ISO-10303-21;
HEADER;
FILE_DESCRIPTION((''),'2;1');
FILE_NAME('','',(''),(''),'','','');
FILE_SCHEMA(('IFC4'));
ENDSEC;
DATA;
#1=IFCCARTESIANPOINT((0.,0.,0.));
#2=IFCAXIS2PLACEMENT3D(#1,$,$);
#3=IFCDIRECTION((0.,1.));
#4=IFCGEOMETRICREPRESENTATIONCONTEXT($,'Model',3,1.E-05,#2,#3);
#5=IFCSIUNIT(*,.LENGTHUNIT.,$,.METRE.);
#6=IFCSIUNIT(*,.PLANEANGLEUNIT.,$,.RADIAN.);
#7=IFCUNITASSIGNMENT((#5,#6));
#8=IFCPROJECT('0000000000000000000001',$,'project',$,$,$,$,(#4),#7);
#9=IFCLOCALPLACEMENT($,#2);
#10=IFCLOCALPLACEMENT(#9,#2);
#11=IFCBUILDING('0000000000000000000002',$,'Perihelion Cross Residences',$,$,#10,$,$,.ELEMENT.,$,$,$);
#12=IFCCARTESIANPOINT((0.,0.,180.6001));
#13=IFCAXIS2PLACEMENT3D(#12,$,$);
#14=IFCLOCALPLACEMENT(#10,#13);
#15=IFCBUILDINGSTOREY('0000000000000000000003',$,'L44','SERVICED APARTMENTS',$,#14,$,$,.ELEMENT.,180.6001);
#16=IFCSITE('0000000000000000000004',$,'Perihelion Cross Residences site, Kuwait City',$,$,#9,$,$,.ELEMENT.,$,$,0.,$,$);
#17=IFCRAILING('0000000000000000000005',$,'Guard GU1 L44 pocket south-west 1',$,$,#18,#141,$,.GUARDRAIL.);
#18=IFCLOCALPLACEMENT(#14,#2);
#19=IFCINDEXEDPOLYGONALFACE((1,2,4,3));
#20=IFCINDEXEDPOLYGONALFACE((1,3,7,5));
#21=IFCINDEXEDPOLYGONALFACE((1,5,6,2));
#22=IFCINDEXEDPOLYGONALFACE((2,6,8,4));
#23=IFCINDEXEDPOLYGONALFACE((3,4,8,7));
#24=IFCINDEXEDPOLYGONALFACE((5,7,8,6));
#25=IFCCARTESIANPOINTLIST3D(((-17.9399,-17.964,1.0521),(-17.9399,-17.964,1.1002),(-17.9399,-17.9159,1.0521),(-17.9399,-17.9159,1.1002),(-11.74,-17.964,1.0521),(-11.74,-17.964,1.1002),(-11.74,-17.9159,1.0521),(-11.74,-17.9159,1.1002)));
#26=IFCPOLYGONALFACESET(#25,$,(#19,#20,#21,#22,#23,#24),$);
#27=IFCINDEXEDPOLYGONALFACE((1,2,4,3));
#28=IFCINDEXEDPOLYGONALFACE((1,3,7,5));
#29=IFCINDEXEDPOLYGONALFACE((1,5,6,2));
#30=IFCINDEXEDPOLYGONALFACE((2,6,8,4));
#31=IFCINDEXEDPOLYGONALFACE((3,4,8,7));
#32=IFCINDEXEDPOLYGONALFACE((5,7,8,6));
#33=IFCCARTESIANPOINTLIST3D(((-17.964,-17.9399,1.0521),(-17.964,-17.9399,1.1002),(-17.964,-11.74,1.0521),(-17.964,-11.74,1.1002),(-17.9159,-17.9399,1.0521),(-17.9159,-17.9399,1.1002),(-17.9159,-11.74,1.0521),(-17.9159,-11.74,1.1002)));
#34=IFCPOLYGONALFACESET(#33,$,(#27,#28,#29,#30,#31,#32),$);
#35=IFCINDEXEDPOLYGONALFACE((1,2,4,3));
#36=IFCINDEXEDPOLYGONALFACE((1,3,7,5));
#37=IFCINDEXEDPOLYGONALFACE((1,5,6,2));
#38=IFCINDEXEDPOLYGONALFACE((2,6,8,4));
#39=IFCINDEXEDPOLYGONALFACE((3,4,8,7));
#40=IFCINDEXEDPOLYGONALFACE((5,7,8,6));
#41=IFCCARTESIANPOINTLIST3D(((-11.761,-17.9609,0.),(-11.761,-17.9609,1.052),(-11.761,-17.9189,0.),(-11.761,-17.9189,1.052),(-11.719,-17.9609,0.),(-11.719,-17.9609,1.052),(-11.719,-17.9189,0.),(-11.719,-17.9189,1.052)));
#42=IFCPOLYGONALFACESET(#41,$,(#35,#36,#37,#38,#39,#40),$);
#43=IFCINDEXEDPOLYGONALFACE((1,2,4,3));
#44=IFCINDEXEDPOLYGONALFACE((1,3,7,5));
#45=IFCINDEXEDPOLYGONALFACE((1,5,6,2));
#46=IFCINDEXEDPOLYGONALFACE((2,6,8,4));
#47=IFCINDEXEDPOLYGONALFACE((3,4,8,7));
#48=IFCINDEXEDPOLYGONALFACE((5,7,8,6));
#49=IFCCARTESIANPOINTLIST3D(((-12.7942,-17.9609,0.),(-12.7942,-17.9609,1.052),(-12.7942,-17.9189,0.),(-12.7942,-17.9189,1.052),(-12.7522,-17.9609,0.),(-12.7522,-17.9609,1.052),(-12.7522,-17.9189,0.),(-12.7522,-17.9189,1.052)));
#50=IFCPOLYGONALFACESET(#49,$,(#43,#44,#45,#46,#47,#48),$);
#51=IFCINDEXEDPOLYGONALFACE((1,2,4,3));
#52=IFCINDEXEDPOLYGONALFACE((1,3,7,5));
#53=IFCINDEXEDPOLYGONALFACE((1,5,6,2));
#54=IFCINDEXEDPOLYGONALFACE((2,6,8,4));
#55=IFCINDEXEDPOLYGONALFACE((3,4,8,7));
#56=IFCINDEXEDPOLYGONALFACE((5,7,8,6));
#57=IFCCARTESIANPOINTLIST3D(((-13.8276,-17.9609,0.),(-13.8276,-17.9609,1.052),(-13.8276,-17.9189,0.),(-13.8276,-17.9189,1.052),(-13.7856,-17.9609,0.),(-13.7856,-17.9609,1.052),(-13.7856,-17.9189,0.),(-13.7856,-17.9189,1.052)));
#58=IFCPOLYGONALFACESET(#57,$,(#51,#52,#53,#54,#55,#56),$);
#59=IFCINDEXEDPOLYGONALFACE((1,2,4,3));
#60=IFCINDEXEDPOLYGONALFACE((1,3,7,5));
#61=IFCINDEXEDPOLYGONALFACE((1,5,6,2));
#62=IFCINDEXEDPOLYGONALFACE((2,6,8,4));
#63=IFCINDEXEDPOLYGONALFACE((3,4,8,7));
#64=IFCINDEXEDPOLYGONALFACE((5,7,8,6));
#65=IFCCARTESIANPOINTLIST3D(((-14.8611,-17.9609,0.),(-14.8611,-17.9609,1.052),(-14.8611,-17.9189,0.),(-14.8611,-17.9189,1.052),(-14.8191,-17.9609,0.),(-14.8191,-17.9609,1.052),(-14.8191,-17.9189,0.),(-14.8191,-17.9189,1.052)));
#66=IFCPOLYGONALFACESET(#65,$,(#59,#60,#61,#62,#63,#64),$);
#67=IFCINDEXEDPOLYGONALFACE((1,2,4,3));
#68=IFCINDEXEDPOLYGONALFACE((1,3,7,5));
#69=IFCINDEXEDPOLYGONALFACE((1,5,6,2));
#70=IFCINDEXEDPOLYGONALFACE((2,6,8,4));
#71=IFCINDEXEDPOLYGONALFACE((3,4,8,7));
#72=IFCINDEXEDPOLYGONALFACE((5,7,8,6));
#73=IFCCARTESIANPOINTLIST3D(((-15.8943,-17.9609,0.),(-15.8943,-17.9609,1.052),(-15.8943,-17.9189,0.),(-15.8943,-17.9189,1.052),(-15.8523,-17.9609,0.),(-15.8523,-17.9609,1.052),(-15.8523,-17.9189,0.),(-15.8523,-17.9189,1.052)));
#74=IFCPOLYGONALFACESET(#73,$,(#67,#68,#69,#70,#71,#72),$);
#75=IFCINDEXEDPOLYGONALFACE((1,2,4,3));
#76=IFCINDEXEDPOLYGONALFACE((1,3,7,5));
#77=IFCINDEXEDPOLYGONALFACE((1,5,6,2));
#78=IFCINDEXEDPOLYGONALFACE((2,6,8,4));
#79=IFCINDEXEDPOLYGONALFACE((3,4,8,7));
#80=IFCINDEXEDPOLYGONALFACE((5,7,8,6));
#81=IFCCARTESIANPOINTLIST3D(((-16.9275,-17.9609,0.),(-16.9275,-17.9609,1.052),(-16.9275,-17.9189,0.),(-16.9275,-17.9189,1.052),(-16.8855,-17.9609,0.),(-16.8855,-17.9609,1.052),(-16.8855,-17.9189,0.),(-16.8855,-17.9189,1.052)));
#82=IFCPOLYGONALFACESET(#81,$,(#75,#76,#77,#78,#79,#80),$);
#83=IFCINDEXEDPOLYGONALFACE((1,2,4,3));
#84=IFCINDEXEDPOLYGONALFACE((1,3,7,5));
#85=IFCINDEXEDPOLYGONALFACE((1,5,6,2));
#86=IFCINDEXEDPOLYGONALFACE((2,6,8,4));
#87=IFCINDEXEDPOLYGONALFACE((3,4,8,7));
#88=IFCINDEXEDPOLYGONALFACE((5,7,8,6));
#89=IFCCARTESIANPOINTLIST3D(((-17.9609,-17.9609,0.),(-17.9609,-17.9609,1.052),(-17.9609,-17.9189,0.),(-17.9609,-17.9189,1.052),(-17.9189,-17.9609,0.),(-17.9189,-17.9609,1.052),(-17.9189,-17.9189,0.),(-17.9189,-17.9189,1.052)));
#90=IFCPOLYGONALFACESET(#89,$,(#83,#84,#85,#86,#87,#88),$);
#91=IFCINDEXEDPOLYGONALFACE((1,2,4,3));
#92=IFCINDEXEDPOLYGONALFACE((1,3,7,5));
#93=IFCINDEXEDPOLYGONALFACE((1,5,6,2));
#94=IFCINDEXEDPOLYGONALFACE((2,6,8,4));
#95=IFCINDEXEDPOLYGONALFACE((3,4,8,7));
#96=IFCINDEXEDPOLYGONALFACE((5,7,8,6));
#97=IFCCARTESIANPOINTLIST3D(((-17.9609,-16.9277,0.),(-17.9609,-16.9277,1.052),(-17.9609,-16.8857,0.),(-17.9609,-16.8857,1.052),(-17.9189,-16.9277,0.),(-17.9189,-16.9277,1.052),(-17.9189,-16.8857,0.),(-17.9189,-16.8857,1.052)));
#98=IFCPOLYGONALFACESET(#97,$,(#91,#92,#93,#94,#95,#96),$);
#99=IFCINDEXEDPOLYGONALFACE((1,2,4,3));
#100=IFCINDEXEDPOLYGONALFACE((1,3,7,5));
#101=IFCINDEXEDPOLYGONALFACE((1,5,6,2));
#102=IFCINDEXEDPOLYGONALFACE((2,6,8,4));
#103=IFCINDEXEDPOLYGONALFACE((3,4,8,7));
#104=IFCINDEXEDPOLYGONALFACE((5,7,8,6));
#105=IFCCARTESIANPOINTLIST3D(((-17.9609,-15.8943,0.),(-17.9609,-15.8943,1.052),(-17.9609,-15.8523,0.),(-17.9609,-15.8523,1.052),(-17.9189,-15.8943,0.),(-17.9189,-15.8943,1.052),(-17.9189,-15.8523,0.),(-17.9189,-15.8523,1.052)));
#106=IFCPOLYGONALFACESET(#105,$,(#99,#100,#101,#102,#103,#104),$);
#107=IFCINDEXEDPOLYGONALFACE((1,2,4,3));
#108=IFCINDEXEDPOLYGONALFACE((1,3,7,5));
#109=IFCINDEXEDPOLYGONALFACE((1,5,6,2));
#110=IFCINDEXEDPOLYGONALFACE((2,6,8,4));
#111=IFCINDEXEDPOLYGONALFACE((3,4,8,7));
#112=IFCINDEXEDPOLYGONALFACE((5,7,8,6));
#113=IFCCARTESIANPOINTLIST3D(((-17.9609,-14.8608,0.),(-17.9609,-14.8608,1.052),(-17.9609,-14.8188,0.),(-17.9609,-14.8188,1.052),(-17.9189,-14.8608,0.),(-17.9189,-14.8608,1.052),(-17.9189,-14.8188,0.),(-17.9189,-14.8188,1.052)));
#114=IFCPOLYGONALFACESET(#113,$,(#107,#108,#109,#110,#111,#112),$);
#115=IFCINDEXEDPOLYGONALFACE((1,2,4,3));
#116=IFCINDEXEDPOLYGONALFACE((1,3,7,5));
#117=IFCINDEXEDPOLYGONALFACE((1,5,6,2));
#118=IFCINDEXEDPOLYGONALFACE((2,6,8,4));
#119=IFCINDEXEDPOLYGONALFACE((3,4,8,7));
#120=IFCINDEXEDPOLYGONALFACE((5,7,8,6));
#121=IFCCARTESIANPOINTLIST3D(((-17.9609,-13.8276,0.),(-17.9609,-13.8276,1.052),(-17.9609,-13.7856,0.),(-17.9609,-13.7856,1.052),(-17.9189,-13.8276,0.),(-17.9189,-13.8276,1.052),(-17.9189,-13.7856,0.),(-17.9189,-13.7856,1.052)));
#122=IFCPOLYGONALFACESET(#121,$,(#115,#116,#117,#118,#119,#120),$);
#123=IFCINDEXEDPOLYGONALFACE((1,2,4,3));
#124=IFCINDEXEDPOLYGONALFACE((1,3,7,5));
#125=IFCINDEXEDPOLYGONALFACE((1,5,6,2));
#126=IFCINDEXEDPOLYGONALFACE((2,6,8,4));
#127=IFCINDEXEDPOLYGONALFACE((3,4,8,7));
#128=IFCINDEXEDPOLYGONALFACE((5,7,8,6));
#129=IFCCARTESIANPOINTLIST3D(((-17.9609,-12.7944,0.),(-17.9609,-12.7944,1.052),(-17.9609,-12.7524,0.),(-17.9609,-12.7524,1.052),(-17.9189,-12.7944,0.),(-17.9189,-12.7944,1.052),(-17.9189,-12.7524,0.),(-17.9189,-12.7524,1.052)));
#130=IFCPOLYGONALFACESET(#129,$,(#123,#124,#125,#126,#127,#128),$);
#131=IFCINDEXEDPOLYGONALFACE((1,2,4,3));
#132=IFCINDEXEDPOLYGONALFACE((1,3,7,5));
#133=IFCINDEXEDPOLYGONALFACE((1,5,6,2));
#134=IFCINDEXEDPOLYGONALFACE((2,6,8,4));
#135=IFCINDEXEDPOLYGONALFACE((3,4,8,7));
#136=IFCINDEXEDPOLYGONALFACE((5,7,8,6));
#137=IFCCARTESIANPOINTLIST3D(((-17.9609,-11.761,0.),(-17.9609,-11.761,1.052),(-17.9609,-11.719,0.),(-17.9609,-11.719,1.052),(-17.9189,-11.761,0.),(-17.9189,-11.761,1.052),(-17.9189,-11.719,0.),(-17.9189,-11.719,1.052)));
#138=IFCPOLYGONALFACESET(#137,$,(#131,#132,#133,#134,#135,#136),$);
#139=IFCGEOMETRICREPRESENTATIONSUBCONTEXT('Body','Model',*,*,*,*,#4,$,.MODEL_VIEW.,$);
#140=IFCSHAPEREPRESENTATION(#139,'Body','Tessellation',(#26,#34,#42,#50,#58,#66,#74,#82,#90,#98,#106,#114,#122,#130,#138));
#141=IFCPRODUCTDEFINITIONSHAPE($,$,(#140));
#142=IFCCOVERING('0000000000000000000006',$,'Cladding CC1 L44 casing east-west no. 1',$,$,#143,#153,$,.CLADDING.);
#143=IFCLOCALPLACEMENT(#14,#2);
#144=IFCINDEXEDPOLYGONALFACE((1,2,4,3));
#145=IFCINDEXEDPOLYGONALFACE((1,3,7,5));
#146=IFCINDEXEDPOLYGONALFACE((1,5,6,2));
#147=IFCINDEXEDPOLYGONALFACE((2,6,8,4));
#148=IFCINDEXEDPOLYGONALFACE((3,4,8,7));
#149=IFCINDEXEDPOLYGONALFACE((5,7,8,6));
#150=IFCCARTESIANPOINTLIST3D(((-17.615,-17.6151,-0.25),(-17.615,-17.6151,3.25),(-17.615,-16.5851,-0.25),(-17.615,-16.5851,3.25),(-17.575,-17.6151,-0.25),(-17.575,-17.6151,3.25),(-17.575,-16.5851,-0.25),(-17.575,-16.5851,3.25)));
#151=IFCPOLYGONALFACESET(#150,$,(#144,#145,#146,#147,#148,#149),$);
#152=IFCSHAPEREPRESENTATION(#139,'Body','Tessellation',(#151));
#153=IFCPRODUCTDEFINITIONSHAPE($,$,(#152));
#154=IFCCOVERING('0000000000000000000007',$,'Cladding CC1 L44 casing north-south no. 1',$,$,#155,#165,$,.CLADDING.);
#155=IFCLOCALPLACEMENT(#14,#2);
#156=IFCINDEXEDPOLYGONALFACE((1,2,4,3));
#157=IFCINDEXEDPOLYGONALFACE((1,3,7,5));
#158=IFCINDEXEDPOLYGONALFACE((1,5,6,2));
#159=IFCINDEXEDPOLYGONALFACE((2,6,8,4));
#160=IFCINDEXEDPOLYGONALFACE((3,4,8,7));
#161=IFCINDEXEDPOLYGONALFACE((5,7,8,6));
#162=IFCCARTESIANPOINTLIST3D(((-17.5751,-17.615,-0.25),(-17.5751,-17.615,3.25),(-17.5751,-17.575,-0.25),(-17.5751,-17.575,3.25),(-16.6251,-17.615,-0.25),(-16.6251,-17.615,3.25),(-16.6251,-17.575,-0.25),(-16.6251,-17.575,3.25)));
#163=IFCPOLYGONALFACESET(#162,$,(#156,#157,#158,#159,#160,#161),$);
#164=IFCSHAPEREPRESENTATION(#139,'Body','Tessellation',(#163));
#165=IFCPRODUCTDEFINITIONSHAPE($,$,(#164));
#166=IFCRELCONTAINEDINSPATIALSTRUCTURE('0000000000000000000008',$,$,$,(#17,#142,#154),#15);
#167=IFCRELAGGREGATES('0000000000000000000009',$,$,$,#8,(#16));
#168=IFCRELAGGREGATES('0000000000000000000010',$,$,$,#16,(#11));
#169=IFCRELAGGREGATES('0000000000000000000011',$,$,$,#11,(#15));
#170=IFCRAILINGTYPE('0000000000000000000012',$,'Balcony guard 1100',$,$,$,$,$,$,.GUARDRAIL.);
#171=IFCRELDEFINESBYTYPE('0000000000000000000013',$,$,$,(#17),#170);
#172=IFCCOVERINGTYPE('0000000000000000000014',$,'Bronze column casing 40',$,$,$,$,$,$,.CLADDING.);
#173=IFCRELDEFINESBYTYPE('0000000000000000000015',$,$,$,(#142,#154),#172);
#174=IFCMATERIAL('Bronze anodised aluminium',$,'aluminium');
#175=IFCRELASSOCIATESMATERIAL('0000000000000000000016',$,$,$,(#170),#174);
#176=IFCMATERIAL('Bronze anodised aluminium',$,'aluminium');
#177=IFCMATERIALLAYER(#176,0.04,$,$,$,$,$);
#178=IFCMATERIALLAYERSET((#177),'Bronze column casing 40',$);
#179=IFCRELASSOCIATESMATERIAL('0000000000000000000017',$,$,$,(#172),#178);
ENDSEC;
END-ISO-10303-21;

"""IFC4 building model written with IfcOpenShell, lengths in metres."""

from ifc_helpers import new_model, si_unit, direction, frame, origin, origin_2d, place, context, subcontext, project, spatial, rectangle, extrude, material, layer, layer_set, type_object, element, save


model = new_model("IFC4")

# Units and contexts
model_context = context("Model", 3, precision=1e-05, world=origin(), true_north=direction((0.0, 1.0)))
body_context = subcontext(model_context, "Body", "Model", "MODEL_VIEW")
ifc_project = project(units=[si_unit("LENGTHUNIT", "METRE"), si_unit("PLANEANGLEUNIT", "RADIAN")], contexts=[model_context])

# Site, building, storey
site_placement = place(None, origin())
site = spatial("IfcSite", under=ifc_project, at=site_placement, Name="Perihelion Cross Residences site, Kuwait City", CompositionType="ELEMENT", RefElevation=0.0)
building_placement = place(site_placement, origin())
building = spatial("IfcBuilding", under=site, at=building_placement, Name="Perihelion Cross Residences", CompositionType="ELEMENT")
storey_placement = place(building_placement, frame((0.0, 0.0, 180.6001)))
storey = spatial("IfcBuildingStorey", under=building, at=storey_placement, Name="L44", Description="SERVICED APARTMENTS", CompositionType="ELEMENT", Elevation=180.6001)

# Railing
ifc_material_1 = material(Name="Bronze anodised aluminium", Category="aluminium")
railing_type = type_object("IfcRailingType", Name="Balcony guard 1100", PredefinedType="GUARDRAIL", material=ifc_material_1)
railing_placement = place(storey_placement, frame((-11.74, -17.9399, 0.0)))
element("IfcRailing", 1, at=railing_placement, inside=storey, type_object=railing_type, Name="Guard GU1 L44 pocket south-west 1", PredefinedType="GUARDRAIL", context=body_context, shape_type="SweptSolid", body=[
    extrude(rectangle(XDim=0.0481, YDim=0.0481, at=origin_2d()), frame((0.0, 0.0, 1.0762), z_axis=(-1.0, 0.0, 0.0), x_axis=(0.0, -1.0, 0.0)), (0.0, 0.0, 1.0), 6.2),
    extrude(rectangle(XDim=0.0481, YDim=0.0481, at=origin_2d()), frame((-6.2, 0.0, 1.0762), z_axis=(0.0, 1.0, 0.0), x_axis=(-1.0, 0.0, 0.0)), (0.0, 0.0, 1.0), 6.2),
    extrude(rectangle(XDim=0.042, YDim=0.042, at=origin_2d()), origin(), (0.0, 0.0, 1.0), 1.052),
    extrude(rectangle(XDim=0.042, YDim=0.042, at=origin_2d()), frame((-1.0332, 0.0, 0.0)), (0.0, 0.0, 1.0), 1.052),
    extrude(rectangle(XDim=0.042, YDim=0.042, at=origin_2d()), frame((-2.0667, 0.0, 0.0)), (0.0, 0.0, 1.0), 1.052),
    extrude(rectangle(XDim=0.042, YDim=0.042, at=origin_2d()), frame((-3.1001, 0.0, 0.0)), (0.0, 0.0, 1.0), 1.052),
    extrude(rectangle(XDim=0.042, YDim=0.042, at=origin_2d()), frame((-4.1333, 0.0, 0.0)), (0.0, 0.0, 1.0), 1.052),
    extrude(rectangle(XDim=0.042, YDim=0.042, at=origin_2d()), frame((-5.1665, 0.0, 0.0)), (0.0, 0.0, 1.0), 1.052),
    extrude(rectangle(XDim=0.042, YDim=0.042, at=origin_2d()), frame((-6.2, 0.0, 0.0)), (0.0, 0.0, 1.0), 1.052),
    extrude(rectangle(XDim=0.042, YDim=0.042, at=origin_2d()), frame((-6.2, 1.0332, 0.0)), (0.0, 0.0, 1.0), 1.052),
    extrude(rectangle(XDim=0.042, YDim=0.042, at=origin_2d()), frame((-6.2, 2.0667, 0.0)), (0.0, 0.0, 1.0), 1.052),
    extrude(rectangle(XDim=0.042, YDim=0.042, at=origin_2d()), frame((-6.2, 3.1001, 0.0)), (0.0, 0.0, 1.0), 1.052),
    extrude(rectangle(XDim=0.042, YDim=0.042, at=origin_2d()), frame((-6.2, 4.1333, 0.0)), (0.0, 0.0, 1.0), 1.052),
    extrude(rectangle(XDim=0.042, YDim=0.042, at=origin_2d()), frame((-6.2, 5.1665, 0.0)), (0.0, 0.0, 1.0), 1.052),
    extrude(rectangle(XDim=0.042, YDim=0.042, at=origin_2d()), frame((-6.2, 6.2, 0.0)), (0.0, 0.0, 1.0), 1.052),
])

# Coverings
ifc_material_2 = material(Name="Bronze anodised aluminium", Category="aluminium")
ifc_layer_1 = layer(ifc_material_2, 0.04)
ifc_layer_set_1 = layer_set([ifc_layer_1], Name="Bronze column casing 40")
covering_type = type_object("IfcCoveringType", Name="Bronze column casing 40", PredefinedType="CLADDING", material=ifc_layer_set_1)
covering_1_placement = place(storey_placement, frame((-17.595, -17.1001, -0.25), z_axis=(0.0, 0.0, 1.0), x_axis=(1.0, 0.0, 0.0)))
element("IfcCovering", 2, at=covering_1_placement, inside=storey, type_object=covering_type, Name="Cladding CC1 L44 casing east-west no. 1", PredefinedType="CLADDING", context=body_context, shape_type="SweptSolid", body=[
    extrude(rectangle(XDim=0.04, YDim=1.03, at=origin_2d()), origin(), (0.0, 0.0, 1.0), 3.5),
])
covering_2_placement = place(storey_placement, frame((-17.1001, -17.595, -0.25), z_axis=(0.0, 0.0, 1.0), x_axis=(1.0, 0.0, 0.0)))
element("IfcCovering", 3, at=covering_2_placement, inside=storey, type_object=covering_type, Name="Cladding CC1 L44 casing north-south no. 1", PredefinedType="CLADDING", context=body_context, shape_type="SweptSolid", body=[
    extrude(rectangle(XDim=0.95, YDim=0.04, at=origin_2d()), origin(), (0.0, 0.0, 1.0), 3.5),
])

save(model, "model.ifc")
